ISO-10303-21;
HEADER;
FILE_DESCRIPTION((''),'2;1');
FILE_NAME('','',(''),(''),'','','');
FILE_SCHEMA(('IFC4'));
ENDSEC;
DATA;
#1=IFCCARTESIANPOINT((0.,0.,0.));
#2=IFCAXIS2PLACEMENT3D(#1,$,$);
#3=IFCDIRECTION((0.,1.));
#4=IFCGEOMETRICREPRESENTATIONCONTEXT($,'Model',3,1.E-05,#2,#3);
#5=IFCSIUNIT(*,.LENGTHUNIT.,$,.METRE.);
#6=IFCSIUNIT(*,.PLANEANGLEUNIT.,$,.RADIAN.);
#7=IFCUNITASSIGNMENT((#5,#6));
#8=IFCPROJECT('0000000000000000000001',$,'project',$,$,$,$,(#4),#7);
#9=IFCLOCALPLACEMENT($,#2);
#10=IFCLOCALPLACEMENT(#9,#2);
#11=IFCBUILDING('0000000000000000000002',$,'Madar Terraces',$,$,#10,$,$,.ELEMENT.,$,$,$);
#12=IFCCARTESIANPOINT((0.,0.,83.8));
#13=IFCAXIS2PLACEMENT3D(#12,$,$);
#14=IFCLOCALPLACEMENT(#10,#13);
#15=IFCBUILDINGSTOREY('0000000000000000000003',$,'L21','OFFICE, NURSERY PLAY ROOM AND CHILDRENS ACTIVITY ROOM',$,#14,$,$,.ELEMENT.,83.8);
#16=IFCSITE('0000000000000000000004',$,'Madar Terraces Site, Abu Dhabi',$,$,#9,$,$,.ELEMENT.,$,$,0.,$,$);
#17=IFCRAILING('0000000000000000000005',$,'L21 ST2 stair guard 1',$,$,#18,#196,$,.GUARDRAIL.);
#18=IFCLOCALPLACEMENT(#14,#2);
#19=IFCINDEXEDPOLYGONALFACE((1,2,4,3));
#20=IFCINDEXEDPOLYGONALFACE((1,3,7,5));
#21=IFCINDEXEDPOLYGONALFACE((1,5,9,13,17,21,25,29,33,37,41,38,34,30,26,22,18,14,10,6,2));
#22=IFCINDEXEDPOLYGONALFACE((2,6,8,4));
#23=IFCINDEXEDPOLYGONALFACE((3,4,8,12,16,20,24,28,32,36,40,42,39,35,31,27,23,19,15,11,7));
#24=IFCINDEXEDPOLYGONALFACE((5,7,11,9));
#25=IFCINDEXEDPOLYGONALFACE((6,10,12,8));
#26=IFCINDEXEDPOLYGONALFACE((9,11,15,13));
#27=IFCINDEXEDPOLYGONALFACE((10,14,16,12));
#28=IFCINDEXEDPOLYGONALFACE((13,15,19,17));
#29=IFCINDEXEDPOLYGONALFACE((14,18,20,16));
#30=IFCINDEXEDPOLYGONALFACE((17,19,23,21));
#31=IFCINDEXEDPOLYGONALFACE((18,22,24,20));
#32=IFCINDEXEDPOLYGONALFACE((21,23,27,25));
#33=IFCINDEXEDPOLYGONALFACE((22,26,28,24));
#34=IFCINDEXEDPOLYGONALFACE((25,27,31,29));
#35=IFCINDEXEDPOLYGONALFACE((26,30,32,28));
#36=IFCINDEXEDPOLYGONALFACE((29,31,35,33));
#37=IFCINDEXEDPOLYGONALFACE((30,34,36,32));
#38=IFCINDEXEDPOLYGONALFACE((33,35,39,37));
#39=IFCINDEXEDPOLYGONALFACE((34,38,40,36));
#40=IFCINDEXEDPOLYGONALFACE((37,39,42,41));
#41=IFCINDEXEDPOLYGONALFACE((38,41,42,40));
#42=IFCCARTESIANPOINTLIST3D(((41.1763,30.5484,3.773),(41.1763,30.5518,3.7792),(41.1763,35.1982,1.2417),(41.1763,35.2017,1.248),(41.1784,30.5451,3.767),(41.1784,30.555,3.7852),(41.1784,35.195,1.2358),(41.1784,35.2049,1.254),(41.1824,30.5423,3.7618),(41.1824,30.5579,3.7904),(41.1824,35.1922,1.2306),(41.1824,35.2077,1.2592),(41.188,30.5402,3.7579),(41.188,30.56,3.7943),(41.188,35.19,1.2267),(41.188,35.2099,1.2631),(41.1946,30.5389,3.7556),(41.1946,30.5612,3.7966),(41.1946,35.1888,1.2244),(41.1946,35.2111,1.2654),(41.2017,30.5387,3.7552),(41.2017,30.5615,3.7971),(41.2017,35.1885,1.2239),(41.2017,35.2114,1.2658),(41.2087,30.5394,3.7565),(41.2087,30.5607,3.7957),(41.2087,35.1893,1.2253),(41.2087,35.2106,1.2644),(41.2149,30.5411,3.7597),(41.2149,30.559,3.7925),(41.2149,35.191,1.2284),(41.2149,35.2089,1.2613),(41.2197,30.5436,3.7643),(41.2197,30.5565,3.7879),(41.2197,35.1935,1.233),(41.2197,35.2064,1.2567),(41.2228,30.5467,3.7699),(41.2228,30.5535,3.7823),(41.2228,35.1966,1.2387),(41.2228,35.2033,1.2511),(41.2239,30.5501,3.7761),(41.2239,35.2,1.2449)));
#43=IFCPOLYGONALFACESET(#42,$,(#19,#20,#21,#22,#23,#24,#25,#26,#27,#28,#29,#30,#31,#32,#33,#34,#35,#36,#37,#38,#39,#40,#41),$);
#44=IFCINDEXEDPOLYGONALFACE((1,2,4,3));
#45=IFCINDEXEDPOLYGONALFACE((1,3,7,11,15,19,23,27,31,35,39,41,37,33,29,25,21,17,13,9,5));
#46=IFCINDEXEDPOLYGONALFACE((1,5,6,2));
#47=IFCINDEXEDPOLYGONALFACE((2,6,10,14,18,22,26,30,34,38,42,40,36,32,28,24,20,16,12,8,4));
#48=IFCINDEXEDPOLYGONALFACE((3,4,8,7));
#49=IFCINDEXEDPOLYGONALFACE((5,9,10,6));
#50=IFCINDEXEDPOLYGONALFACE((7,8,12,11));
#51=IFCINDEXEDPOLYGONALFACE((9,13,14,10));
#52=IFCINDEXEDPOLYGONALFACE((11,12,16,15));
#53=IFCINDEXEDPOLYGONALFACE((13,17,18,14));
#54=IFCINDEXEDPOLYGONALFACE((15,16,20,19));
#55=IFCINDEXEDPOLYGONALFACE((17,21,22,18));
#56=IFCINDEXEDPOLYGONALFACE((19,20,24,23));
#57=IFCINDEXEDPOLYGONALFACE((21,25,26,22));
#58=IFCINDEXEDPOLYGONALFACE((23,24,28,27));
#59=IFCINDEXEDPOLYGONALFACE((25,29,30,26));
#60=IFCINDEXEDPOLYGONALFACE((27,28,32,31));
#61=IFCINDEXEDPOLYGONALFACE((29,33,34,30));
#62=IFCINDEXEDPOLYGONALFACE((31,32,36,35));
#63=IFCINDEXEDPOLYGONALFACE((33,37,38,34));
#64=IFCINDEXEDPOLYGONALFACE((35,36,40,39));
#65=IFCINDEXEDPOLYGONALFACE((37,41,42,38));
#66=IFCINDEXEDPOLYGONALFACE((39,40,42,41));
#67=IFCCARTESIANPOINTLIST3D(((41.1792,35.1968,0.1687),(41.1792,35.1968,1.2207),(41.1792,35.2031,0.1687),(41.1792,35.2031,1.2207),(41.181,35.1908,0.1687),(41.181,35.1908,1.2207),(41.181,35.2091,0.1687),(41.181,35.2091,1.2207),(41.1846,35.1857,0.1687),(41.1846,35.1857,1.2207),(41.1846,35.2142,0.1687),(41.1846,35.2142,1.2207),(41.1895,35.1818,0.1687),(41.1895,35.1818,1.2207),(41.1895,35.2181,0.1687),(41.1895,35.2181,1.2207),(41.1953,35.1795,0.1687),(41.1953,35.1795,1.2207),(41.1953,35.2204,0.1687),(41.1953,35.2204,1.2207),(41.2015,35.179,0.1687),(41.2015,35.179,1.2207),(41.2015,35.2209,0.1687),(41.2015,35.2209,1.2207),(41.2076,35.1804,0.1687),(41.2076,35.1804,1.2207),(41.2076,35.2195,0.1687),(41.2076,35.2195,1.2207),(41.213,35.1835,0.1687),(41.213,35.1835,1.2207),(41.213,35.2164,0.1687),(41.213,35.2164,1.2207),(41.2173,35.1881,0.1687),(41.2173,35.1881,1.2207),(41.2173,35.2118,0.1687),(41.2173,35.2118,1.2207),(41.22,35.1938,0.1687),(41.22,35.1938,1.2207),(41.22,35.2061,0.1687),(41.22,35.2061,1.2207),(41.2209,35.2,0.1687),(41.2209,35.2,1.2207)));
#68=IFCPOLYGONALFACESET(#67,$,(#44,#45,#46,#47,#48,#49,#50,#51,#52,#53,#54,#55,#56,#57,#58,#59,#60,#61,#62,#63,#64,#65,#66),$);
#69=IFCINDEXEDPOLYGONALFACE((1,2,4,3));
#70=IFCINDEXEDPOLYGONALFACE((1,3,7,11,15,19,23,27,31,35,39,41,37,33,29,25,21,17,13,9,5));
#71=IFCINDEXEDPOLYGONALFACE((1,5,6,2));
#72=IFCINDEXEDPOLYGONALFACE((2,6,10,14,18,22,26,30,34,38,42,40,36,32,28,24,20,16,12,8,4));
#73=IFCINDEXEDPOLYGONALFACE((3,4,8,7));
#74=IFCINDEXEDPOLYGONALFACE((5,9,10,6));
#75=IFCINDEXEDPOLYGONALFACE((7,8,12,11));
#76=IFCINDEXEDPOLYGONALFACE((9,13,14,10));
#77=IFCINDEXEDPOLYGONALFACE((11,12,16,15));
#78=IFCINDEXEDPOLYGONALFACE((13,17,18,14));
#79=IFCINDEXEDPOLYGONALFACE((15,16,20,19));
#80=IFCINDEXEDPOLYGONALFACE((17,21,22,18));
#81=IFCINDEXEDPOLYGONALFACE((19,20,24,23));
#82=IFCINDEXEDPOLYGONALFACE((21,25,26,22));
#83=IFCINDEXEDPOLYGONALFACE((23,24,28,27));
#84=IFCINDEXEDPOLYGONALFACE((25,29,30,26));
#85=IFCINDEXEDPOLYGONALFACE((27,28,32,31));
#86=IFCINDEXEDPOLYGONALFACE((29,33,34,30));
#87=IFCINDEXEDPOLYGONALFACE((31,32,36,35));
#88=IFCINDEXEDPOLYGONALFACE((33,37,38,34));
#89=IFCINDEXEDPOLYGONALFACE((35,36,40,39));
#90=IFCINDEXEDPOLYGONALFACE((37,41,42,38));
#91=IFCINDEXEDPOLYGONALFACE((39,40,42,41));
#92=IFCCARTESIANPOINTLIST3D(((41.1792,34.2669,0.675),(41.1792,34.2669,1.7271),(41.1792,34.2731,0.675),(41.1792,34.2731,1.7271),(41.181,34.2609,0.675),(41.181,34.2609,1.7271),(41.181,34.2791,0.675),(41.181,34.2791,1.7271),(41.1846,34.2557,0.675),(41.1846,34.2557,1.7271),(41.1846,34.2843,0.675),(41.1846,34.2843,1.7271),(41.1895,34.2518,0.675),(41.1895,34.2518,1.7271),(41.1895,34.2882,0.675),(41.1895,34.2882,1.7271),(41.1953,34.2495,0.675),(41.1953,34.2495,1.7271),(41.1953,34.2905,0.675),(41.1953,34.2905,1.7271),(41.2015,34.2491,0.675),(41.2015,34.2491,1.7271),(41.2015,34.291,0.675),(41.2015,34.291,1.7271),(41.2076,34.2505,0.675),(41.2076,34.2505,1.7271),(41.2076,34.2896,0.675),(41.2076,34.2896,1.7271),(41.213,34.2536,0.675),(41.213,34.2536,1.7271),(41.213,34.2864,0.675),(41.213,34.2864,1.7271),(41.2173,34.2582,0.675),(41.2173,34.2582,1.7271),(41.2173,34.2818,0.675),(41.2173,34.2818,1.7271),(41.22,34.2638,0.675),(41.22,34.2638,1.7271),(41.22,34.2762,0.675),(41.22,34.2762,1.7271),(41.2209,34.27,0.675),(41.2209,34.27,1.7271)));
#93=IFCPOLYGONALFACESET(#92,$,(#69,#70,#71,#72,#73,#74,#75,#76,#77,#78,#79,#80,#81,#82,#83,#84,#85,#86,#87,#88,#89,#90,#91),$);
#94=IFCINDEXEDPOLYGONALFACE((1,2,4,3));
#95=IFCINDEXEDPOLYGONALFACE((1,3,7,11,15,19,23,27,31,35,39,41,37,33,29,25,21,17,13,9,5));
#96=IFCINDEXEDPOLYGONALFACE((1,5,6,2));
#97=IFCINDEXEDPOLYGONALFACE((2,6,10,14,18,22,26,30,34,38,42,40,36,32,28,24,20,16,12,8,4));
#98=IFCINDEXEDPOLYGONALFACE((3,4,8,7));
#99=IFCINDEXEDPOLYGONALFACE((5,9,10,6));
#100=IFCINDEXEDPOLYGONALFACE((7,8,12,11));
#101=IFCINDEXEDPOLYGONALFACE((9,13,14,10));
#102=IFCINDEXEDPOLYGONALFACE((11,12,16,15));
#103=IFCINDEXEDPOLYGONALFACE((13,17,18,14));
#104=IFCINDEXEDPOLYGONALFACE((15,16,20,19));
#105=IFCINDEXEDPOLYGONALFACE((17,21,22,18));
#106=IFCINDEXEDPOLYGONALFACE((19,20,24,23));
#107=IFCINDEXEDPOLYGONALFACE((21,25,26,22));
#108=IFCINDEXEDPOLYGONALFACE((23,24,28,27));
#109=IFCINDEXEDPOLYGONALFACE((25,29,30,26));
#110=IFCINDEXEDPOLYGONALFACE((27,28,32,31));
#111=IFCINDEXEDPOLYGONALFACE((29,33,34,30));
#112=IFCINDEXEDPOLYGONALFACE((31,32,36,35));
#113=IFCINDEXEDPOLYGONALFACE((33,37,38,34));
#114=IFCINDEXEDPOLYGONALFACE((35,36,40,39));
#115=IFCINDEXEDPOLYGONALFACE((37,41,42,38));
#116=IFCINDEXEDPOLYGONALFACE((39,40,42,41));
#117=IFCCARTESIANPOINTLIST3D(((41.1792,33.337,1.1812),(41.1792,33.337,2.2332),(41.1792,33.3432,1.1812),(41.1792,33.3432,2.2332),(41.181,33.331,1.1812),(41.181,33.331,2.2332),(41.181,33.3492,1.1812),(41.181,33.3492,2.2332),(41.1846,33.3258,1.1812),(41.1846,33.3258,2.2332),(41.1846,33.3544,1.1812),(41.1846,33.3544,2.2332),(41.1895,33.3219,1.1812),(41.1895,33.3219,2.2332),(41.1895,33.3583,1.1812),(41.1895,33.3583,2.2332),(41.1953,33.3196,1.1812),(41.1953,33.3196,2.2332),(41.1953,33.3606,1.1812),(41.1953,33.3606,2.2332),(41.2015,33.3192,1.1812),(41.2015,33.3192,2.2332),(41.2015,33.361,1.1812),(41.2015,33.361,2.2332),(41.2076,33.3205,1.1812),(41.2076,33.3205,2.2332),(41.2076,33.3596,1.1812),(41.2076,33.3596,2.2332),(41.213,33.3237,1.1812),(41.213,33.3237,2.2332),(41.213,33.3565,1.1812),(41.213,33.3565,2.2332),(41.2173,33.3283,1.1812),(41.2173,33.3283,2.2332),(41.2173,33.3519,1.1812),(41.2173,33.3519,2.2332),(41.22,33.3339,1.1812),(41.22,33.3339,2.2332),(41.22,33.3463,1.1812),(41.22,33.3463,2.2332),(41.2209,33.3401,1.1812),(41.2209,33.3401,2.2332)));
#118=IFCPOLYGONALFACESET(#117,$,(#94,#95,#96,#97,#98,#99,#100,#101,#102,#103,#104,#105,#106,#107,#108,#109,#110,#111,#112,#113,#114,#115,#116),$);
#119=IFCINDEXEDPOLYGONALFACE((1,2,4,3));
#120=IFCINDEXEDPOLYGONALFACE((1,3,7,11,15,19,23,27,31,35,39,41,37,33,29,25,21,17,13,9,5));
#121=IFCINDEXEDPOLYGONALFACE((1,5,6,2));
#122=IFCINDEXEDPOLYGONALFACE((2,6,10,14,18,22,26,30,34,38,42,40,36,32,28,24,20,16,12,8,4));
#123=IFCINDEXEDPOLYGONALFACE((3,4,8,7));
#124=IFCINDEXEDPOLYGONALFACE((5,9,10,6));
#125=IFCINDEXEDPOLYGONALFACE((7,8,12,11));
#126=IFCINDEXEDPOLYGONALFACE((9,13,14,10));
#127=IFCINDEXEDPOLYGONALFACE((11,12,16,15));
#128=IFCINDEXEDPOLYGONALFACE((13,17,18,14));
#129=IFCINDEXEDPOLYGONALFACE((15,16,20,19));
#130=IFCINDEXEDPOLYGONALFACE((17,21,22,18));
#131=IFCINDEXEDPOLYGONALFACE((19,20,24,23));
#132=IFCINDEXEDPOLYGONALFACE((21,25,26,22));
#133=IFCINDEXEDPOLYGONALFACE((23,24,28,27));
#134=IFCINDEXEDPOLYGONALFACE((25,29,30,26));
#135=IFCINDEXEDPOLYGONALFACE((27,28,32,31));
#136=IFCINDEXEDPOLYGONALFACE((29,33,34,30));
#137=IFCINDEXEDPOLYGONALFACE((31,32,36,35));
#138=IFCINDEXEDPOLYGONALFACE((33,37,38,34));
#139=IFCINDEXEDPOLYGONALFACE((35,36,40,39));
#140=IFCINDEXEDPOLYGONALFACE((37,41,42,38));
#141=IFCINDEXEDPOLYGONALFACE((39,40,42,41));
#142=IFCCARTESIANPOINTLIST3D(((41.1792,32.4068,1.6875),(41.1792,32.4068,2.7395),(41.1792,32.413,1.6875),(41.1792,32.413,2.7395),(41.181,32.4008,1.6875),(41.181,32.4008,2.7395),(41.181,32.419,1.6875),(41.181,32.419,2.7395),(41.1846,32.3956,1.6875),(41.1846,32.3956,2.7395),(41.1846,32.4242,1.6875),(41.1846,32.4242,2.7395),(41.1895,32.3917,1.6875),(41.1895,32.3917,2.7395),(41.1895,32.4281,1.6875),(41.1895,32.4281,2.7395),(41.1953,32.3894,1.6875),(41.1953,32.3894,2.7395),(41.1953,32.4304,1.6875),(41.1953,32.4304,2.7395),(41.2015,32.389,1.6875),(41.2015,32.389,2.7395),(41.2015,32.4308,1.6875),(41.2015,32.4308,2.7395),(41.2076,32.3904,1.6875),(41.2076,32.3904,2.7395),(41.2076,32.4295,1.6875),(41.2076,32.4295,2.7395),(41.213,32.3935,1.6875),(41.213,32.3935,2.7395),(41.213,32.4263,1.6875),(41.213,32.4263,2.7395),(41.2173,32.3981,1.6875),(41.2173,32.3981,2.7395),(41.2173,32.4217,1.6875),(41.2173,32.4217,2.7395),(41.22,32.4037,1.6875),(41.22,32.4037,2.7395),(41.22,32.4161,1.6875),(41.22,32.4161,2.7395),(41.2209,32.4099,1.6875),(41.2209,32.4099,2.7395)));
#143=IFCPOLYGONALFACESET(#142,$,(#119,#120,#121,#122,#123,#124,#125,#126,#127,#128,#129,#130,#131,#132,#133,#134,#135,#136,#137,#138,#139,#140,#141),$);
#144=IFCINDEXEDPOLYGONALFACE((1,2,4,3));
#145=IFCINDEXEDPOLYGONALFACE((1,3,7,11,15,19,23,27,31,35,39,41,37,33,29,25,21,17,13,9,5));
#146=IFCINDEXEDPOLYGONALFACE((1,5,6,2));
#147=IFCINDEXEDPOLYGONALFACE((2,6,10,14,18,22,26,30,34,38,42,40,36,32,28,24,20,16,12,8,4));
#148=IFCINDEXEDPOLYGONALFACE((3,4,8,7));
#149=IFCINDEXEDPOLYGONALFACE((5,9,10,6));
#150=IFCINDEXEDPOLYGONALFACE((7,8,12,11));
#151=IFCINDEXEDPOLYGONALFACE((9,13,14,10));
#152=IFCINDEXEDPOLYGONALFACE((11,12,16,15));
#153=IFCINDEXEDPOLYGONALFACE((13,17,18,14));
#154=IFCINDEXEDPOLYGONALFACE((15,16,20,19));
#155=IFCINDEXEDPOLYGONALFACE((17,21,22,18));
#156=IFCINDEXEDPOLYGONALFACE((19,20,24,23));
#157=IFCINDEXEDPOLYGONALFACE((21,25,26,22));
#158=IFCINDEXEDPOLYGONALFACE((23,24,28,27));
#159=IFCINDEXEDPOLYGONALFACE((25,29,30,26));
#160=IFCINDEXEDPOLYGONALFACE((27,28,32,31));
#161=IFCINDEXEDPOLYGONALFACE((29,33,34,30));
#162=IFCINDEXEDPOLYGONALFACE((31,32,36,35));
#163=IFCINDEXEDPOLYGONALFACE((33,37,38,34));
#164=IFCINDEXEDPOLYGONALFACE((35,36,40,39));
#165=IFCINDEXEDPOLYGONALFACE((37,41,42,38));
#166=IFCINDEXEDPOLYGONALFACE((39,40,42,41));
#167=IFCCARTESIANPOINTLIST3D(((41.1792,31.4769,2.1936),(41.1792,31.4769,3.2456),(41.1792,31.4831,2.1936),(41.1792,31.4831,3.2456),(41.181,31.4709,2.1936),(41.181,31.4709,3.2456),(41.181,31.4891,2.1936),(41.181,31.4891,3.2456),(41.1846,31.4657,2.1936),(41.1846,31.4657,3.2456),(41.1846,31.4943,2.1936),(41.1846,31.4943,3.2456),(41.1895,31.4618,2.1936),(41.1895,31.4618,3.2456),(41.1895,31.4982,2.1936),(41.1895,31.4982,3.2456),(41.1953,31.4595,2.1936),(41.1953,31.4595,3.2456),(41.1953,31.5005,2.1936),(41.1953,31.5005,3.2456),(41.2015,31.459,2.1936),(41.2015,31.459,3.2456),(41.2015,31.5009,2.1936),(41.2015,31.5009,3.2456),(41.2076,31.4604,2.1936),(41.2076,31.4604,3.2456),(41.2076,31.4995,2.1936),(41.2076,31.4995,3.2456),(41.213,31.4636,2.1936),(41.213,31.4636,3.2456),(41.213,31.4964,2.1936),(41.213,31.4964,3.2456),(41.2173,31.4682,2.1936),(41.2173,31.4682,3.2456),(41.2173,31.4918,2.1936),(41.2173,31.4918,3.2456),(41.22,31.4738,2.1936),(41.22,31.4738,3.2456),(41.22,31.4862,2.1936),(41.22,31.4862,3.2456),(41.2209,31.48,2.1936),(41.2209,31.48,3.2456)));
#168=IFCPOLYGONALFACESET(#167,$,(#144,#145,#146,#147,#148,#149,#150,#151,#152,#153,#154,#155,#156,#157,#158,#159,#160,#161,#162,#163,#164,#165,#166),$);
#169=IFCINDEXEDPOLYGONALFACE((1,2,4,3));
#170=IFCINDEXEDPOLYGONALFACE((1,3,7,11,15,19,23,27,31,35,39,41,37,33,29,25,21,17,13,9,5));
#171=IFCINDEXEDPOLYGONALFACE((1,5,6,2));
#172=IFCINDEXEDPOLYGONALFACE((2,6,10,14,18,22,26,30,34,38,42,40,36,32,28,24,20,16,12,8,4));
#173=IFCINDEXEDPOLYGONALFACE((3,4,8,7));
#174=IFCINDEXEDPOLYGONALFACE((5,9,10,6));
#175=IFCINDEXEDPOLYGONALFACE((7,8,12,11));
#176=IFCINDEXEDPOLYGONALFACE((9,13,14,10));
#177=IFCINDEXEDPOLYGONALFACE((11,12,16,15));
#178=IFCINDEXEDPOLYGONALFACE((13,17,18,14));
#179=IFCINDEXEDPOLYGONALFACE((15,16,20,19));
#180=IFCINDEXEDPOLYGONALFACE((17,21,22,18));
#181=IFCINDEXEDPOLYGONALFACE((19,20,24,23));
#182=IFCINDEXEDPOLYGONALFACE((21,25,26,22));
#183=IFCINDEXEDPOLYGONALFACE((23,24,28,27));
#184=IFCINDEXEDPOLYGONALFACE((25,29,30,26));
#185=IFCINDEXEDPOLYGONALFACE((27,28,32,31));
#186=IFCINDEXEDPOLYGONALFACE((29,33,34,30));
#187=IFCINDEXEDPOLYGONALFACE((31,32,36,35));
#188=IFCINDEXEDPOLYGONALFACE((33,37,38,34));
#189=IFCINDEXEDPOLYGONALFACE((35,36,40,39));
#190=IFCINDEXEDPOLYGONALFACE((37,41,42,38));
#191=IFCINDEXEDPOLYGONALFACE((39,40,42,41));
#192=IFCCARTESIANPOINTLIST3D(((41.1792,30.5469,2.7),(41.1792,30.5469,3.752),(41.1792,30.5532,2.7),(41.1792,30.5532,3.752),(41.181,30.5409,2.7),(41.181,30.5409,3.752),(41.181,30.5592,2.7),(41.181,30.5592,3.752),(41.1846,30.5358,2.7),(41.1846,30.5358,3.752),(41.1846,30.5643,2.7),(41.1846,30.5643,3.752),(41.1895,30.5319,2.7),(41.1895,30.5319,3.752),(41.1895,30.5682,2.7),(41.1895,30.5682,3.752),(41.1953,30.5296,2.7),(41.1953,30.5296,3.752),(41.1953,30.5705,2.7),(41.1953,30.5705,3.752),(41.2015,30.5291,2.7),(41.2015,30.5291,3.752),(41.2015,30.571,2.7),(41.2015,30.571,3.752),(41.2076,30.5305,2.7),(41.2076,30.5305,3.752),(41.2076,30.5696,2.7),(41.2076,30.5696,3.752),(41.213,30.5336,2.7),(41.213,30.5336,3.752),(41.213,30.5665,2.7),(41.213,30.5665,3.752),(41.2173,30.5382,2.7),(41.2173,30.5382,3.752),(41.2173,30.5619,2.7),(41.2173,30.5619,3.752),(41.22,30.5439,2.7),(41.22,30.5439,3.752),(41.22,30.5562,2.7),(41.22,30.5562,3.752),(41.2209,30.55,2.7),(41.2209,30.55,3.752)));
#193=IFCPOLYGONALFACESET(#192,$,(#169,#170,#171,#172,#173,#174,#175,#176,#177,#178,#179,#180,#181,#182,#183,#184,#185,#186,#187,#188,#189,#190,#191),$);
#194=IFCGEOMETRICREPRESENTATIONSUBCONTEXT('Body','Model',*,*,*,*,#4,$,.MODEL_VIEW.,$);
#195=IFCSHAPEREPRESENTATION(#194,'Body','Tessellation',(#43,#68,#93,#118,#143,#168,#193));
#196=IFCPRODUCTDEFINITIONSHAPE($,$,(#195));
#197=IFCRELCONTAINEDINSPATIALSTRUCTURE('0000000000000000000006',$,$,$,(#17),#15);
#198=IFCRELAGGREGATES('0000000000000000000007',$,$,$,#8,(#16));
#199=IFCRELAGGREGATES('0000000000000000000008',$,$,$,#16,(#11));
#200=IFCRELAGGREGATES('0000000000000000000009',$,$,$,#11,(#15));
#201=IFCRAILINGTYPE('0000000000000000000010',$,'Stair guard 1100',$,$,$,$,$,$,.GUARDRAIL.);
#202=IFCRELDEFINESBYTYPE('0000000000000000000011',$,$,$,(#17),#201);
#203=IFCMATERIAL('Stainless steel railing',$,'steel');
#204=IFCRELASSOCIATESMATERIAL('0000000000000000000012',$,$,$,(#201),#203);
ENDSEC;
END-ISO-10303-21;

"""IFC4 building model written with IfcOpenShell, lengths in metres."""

from ifc_helpers import new_model, si_unit, direction, frame, origin, origin_2d, place, context, subcontext, project, spatial, circle, extrude, material, type_object, element, save


model = new_model("IFC4")

# Units and contexts
model_context = context("Model", 3, precision=1e-05, world=origin(), true_north=direction((0.0, 1.0)))
body_context = subcontext(model_context, "Body", "Model", "MODEL_VIEW")
ifc_project = project(units=[si_unit("LENGTHUNIT", "METRE"), si_unit("PLANEANGLEUNIT", "RADIAN")], contexts=[model_context])

# Site, building, storey
site_placement = place(None, origin())
site = spatial("IfcSite", under=ifc_project, at=site_placement, Name="Madar Terraces Site, Abu Dhabi", CompositionType="ELEMENT", RefElevation=0.0)
building_placement = place(site_placement, origin())
building = spatial("IfcBuilding", under=site, at=building_placement, Name="Madar Terraces", CompositionType="ELEMENT")
storey_placement = place(building_placement, frame((0.0, 0.0, 83.8)))
storey = spatial("IfcBuildingStorey", under=building, at=storey_placement, Name="L21", Description="OFFICE, NURSERY PLAY ROOM AND CHILDRENS ACTIVITY ROOM", CompositionType="ELEMENT", Elevation=83.8)

# Railing
ifc_material_1 = material(Name="Stainless steel railing", Category="steel")
railing_type_1 = type_object("IfcRailingType", Name="Stair guard 1100", PredefinedType="GUARDRAIL", material=ifc_material_1)
railing_1_placement = place(storey_placement, frame((41.2, 35.2, 0.1687)))
element("IfcRailing", 1, at=railing_1_placement, inside=storey, type_object=railing_type_1, Name="L21 ST2 stair guard 1", PredefinedType="GUARDRAIL", context=body_context, shape_type="SweptSolid", body=[
    extrude(circle(Radius=0.0239, at=origin_2d()), frame((0.0, 0.0, 1.0762), z_axis=(0.0, -0.878297, 0.478115), x_axis=(1.0, 0.0, 0.0)), (0.0, 0.0, 1.0), 5.2942),
    extrude(circle(Radius=0.021, at=origin_2d()), origin(), (0.0, 0.0, 1.0), 1.052),
    extrude(circle(Radius=0.021, at=origin_2d()), frame((0.0, -0.9299, 0.5063)), (0.0, 0.0, 1.0), 1.052),
    extrude(circle(Radius=0.021, at=origin_2d()), frame((0.0, -1.8599, 1.0125)), (0.0, 0.0, 1.0), 1.052),
    extrude(circle(Radius=0.021, at=origin_2d()), frame((0.0, -2.79, 1.5188)), (0.0, 0.0, 1.0), 1.052),
    extrude(circle(Radius=0.021, at=origin_2d()), frame((0.0, -3.72, 2.0249)), (0.0, 0.0, 1.0), 1.052),
    extrude(circle(Radius=0.021, at=origin_2d()), frame((0.0, -4.6499, 2.5312)), (0.0, 0.0, 1.0), 1.052),
])

save(model, "model.ifc")
